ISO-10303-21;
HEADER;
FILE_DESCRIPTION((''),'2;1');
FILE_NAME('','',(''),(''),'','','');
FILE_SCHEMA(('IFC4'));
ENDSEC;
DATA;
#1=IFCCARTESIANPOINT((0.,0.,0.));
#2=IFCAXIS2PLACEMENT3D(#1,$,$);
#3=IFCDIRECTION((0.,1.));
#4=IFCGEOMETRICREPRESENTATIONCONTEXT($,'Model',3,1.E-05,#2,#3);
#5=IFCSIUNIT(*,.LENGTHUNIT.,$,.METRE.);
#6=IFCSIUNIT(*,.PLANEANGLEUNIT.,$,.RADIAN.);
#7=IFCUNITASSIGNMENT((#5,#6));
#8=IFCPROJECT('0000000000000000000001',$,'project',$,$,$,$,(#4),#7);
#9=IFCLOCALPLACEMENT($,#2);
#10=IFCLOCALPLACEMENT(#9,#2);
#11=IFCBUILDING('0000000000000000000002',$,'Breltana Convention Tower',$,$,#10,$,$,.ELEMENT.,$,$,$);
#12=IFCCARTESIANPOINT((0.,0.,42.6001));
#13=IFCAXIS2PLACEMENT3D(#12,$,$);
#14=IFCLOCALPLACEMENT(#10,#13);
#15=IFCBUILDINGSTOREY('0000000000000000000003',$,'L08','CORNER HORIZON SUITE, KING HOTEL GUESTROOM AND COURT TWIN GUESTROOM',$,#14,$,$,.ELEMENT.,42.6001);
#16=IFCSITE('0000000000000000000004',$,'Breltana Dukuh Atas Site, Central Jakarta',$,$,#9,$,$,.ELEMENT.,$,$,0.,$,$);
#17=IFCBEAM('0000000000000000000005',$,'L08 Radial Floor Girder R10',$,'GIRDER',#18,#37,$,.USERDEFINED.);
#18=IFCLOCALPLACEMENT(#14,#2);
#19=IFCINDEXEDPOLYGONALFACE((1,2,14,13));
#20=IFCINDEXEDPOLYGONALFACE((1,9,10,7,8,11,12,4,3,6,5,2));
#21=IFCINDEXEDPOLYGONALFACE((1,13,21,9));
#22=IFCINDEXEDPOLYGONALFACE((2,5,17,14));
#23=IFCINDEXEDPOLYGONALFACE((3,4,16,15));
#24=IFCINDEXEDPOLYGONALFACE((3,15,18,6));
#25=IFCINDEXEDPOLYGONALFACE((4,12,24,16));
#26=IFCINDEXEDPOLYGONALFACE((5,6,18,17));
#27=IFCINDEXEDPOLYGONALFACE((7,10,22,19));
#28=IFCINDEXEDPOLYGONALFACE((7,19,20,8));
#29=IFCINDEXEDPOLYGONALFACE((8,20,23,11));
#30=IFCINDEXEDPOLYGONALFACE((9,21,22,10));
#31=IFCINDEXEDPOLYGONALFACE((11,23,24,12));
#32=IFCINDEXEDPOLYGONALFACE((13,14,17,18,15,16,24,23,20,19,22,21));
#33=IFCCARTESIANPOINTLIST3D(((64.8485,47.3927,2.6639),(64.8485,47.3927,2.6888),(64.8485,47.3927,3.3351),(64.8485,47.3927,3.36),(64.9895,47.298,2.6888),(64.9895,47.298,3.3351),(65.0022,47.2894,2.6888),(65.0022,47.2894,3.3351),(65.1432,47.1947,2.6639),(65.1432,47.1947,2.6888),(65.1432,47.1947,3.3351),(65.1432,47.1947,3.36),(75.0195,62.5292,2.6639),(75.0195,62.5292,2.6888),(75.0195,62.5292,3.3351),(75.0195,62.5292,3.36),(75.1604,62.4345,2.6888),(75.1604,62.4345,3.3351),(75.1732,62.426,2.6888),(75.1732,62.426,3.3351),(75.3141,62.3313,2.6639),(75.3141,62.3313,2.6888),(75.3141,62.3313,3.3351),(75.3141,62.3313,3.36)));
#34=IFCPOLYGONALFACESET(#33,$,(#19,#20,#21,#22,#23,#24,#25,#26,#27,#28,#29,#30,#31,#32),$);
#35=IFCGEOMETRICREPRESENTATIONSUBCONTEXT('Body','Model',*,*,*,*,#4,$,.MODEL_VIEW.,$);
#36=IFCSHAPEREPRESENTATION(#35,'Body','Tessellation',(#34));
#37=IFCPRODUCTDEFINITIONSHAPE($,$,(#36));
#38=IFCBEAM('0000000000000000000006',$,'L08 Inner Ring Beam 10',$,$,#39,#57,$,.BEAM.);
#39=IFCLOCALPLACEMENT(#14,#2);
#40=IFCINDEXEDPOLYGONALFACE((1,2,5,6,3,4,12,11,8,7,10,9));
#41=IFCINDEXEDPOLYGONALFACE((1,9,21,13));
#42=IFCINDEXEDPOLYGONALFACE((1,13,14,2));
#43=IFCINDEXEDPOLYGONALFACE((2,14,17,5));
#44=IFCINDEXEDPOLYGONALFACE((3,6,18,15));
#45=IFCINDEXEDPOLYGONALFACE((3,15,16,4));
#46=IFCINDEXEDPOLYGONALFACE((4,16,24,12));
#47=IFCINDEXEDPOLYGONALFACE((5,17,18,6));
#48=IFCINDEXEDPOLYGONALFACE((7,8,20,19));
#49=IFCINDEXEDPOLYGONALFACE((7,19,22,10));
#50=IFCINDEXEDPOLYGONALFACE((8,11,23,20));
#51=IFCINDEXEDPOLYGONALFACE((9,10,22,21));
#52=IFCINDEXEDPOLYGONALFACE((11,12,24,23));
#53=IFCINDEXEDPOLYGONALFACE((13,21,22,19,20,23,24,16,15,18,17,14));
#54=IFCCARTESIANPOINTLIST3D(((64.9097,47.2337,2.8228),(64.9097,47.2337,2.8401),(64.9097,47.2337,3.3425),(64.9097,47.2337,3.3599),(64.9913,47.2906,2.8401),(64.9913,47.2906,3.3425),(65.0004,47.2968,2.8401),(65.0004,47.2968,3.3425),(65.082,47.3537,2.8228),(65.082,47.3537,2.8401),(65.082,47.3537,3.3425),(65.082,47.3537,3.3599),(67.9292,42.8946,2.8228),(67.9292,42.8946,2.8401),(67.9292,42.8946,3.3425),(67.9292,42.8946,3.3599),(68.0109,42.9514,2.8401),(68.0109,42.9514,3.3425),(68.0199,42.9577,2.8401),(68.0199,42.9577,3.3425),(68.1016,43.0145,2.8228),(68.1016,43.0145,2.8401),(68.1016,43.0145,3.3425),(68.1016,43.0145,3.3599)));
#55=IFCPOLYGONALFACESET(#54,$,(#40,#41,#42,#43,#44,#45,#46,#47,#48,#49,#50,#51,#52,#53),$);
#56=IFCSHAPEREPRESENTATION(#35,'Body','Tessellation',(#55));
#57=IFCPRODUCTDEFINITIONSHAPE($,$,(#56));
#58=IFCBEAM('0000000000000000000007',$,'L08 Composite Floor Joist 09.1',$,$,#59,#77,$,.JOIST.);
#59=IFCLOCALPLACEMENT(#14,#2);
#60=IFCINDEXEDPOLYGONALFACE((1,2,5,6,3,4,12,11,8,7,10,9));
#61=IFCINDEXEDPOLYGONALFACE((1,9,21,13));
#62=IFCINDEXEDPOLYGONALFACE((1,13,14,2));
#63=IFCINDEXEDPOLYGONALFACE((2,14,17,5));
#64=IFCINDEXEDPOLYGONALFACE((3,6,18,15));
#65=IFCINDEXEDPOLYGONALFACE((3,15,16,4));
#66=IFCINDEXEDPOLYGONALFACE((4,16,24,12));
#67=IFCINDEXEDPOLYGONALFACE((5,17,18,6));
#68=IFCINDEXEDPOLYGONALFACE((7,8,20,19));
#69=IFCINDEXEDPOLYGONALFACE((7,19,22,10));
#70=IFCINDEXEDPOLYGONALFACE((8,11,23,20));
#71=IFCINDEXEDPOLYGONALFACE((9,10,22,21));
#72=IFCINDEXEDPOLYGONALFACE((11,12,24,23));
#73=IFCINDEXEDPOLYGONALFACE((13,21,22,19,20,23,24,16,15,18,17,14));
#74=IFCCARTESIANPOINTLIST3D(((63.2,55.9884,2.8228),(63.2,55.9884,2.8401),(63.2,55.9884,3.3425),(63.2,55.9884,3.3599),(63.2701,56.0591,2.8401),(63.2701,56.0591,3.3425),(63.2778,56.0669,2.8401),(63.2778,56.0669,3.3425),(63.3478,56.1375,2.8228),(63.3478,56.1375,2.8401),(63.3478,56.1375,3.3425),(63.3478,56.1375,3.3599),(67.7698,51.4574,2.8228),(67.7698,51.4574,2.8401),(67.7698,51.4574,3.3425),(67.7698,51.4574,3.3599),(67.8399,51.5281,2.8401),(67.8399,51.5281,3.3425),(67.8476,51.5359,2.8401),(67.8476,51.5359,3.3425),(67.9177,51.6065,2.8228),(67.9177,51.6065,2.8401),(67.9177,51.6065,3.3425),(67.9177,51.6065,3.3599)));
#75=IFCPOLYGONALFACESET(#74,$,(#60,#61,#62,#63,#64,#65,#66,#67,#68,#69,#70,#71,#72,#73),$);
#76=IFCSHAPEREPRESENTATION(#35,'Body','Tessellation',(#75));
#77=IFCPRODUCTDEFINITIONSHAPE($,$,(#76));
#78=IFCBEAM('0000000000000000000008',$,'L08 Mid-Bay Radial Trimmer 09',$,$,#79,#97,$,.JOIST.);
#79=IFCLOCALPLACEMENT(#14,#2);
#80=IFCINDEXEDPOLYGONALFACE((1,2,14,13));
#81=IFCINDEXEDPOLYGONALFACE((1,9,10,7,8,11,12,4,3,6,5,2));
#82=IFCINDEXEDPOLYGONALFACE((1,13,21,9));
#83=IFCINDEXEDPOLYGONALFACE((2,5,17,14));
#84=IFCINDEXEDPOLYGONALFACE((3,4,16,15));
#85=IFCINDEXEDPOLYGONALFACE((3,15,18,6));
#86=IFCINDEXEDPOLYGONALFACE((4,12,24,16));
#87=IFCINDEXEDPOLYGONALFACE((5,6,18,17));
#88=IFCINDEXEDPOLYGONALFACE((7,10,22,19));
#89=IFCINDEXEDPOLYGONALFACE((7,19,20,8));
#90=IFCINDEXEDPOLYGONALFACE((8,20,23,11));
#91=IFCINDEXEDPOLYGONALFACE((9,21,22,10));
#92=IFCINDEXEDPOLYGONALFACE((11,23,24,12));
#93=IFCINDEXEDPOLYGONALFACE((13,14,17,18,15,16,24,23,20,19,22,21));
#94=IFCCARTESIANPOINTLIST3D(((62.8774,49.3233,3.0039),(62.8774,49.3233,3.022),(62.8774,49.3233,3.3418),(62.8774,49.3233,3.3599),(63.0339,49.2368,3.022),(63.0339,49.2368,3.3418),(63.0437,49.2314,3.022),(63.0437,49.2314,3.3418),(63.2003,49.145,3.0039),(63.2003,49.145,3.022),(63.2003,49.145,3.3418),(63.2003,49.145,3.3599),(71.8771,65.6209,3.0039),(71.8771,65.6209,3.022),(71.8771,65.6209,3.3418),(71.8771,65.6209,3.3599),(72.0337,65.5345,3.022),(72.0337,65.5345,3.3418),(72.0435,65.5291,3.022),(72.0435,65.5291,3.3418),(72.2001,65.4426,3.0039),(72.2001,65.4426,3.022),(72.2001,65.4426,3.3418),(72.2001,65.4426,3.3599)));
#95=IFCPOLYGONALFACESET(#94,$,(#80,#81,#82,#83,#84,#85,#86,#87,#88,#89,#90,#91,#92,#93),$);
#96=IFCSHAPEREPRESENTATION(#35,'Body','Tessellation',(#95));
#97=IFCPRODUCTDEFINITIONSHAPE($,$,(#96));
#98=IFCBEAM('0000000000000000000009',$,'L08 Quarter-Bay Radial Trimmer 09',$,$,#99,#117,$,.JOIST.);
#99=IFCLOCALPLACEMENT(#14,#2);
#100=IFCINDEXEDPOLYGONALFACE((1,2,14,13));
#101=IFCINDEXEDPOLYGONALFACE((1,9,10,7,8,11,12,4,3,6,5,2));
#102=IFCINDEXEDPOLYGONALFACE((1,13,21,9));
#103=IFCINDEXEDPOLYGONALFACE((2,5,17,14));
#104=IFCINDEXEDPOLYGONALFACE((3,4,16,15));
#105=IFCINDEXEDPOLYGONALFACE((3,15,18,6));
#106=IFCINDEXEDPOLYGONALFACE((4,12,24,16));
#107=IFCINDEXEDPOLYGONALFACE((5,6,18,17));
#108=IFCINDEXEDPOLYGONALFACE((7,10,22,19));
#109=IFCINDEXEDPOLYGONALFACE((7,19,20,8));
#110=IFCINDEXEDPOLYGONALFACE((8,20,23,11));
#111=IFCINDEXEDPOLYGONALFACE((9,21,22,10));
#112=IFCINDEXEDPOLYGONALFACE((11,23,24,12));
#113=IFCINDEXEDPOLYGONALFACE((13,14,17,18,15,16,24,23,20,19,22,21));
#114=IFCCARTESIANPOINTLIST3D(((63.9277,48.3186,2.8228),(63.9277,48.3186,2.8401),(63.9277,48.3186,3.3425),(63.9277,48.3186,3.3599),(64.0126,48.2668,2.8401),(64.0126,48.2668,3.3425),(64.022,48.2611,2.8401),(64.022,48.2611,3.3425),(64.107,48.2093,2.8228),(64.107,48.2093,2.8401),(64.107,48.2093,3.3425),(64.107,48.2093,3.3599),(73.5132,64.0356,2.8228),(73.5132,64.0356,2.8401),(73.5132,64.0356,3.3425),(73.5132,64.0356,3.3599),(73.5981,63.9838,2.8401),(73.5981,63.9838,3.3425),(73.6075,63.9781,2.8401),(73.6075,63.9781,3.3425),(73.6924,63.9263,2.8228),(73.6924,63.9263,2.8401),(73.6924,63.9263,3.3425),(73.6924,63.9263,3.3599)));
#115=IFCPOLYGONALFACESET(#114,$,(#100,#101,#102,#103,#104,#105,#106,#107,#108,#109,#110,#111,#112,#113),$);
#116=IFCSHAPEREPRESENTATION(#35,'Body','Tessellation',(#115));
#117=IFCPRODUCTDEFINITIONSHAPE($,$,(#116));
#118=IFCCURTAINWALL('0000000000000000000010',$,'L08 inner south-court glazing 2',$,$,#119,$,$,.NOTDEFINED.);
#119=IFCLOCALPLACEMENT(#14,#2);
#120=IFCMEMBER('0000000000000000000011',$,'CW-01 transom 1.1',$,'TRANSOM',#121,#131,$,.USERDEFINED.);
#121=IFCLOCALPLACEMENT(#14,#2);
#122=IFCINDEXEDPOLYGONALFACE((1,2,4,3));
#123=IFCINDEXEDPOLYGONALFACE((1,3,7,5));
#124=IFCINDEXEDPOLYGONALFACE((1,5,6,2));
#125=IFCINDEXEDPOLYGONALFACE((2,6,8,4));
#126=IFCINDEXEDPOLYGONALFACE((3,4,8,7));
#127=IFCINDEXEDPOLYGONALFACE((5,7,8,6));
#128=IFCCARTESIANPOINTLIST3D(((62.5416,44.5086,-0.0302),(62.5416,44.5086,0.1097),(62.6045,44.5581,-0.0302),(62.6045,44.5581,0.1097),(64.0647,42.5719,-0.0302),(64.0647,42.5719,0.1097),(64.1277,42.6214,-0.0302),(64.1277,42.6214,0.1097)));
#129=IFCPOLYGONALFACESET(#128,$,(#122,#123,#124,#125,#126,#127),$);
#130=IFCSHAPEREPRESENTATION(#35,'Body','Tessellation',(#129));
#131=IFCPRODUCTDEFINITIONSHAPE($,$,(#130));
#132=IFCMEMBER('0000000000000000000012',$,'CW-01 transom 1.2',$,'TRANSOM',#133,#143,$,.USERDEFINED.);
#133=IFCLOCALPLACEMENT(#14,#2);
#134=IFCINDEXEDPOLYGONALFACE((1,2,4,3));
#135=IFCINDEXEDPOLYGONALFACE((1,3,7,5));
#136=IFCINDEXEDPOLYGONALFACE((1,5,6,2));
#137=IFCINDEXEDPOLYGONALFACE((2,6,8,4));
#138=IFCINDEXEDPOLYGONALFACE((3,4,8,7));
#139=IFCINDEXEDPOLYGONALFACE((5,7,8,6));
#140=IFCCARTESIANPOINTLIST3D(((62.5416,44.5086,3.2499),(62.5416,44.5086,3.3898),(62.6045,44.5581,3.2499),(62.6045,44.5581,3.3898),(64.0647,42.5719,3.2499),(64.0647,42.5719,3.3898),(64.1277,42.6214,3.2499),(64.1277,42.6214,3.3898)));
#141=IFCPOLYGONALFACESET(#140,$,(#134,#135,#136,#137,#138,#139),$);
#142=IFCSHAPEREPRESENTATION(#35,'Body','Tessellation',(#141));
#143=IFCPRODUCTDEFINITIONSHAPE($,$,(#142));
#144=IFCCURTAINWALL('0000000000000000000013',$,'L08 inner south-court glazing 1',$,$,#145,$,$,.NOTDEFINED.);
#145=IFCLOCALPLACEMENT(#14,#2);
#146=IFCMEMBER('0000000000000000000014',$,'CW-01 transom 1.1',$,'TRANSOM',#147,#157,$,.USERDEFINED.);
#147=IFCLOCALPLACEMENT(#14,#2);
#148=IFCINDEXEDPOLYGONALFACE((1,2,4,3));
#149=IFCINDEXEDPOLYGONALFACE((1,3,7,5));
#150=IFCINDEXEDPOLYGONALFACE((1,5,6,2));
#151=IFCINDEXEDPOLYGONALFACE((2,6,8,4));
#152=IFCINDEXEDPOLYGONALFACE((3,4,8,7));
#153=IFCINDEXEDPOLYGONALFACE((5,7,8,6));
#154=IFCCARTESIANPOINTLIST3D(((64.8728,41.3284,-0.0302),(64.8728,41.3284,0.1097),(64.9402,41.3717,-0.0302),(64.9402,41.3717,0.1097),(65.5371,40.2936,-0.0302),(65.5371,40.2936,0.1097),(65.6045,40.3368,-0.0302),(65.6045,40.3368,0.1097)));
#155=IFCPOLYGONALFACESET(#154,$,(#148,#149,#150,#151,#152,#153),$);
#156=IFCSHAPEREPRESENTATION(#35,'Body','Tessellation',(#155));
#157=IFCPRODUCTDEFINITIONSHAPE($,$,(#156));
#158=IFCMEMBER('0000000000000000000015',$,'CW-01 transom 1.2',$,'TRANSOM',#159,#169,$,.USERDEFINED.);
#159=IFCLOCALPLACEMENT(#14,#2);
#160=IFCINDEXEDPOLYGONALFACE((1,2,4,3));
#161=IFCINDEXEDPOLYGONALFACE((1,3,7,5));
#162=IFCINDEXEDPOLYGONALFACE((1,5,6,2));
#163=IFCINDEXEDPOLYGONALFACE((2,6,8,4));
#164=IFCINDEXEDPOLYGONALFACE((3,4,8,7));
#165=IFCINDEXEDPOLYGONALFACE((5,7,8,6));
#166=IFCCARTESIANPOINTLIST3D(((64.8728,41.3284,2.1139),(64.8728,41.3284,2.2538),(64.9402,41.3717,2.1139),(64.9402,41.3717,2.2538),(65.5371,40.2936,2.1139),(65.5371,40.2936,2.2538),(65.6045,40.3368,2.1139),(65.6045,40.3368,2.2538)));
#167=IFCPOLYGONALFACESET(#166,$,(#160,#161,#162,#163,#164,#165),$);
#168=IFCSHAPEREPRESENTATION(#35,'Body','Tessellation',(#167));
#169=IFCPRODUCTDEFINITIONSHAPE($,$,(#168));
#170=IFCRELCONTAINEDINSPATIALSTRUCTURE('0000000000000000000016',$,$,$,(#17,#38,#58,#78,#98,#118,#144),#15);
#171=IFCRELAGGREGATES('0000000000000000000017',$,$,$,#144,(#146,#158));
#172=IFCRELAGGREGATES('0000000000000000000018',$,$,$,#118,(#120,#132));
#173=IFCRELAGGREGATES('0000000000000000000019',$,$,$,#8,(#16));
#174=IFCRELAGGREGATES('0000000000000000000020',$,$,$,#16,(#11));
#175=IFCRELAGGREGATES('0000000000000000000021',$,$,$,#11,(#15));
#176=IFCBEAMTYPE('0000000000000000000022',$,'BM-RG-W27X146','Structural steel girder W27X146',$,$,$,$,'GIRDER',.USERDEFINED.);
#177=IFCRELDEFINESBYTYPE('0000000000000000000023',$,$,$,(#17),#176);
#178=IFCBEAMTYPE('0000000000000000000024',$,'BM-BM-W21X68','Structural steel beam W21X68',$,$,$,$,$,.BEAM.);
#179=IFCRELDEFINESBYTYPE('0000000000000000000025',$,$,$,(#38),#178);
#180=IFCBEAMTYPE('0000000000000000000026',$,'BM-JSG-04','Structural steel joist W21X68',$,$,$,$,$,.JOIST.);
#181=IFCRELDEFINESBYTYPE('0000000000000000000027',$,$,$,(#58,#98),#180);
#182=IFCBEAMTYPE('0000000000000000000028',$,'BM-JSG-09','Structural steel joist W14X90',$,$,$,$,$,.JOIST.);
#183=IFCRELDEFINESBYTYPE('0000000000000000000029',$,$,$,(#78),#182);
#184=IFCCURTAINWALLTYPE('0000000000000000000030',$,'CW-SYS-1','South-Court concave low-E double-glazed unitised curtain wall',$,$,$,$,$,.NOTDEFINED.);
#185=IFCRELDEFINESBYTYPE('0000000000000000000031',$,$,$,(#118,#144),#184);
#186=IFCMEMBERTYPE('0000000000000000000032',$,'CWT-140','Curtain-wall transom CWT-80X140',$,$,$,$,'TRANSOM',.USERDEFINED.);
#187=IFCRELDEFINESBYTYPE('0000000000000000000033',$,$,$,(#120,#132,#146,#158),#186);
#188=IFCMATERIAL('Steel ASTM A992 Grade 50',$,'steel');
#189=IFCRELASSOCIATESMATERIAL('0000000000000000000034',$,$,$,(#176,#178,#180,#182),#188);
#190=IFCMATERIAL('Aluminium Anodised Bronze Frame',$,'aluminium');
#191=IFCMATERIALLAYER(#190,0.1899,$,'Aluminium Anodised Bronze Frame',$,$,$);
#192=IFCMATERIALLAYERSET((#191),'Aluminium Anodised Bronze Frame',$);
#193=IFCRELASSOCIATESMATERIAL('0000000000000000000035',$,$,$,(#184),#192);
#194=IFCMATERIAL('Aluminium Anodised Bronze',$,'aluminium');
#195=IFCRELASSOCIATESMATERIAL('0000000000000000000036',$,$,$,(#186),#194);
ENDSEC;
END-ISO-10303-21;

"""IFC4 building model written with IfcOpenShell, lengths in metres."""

from ifc_helpers import new_model, si_unit, direction, frame, origin, origin_2d, place, context, subcontext, project, spatial, rectangle, i_section, extrude, source, transform, mapped, material, layer, layer_set, material_profile, profile_set, type_object, element, aggregate, save


model = new_model("IFC4")

# Units and contexts
model_context = context("Model", 3, precision=1e-05, world=origin(), true_north=direction((0.0, 1.0)))
body_context = subcontext(model_context, "Body", "Model", "MODEL_VIEW")
ifc_project = project(units=[si_unit("LENGTHUNIT", "METRE"), si_unit("PLANEANGLEUNIT", "RADIAN")], contexts=[model_context])

# Site, building, storey
site_placement = place(None, origin())
site = spatial("IfcSite", under=ifc_project, at=site_placement, Name="Breltana Dukuh Atas Site, Central Jakarta", CompositionType="ELEMENT", RefElevation=0.0)
building_placement = place(site_placement, origin())
building = spatial("IfcBuilding", under=site, at=building_placement, Name="Breltana Convention Tower", CompositionType="ELEMENT")
storey_placement = place(building_placement, frame((0.0, 0.0, 42.6001)))
storey = spatial("IfcBuildingStorey", under=building, at=storey_placement, Name="L08", Description="CORNER HORIZON SUITE, KING HOTEL GUESTROOM AND COURT TWIN GUESTROOM", CompositionType="ELEMENT", Elevation=42.6001)

# Beams
ifc_material_1 = material(Name="Steel ASTM A992 Grade 50", Category="steel")
ifc_material_profile_1 = material_profile(ifc_material_1, i_section(OverallWidth=0.355, OverallDepth=0.696, WebThickness=0.0154, FlangeThickness=0.0249, at=origin_2d()), Name="W27X146")
ifc_profile_set_1 = profile_set([ifc_material_profile_1], Name="Steel ASTM A992 Grade 50")
beam_type_1 = type_object("IfcBeamType", Name="BM-RG-W27X146", Description="Structural steel girder W27X146", ElementType="GIRDER", PredefinedType="USERDEFINED", material=ifc_profile_set_1)
shared_shape_1 = source(origin(), body_context, "Body", "SweptSolid", [
    extrude(i_section(OverallWidth=0.355, OverallDepth=0.696, WebThickness=0.0154, FlangeThickness=0.0249, at=origin_2d()), origin(), (0.0, 0.0, 1.0), 18.2363),
])
beam_1_placement = place(storey_placement, frame((64.9958, 47.2937, 3.012), z_axis=(0.55773, 0.830022, 0.0), x_axis=(-0.830022, 0.55773, 0.0)))
element("IfcBeam", 1, at=beam_1_placement, inside=storey, type_object=beam_type_1, Name="L08 Radial Floor Girder R10", ObjectType="GIRDER", PredefinedType="USERDEFINED", context=body_context, shape_type="MappedRepresentation", body=[
    mapped(shared_shape_1, transform((0.0, 0.0, 0.0), scale=1.0)),
])
ifc_material_profile_2 = material_profile(ifc_material_1, i_section(OverallWidth=0.21, OverallDepth=0.5371, WebThickness=0.011, FlangeThickness=0.0173, at=origin_2d()), Name="W21X68")
ifc_profile_set_2 = profile_set([ifc_material_profile_2], Name="Steel ASTM A992 Grade 50")
beam_type_2 = type_object("IfcBeamType", Name="BM-BM-W21X68", Description="Structural steel beam W21X68", PredefinedType="BEAM", material=ifc_profile_set_2)
shared_shape_2 = source(origin(), body_context, "Body", "SweptSolid", [
    extrude(i_section(OverallWidth=0.21, OverallDepth=0.5371, WebThickness=0.011, FlangeThickness=0.0173, at=origin_2d()), origin(), (0.0, 0.0, 1.0), 5.2864),
])
beam_2_placement = place(storey_placement, frame((64.9958, 47.2937, 3.0913), z_axis=(0.571194, -0.820815, 0.0), x_axis=(0.820815, 0.571194, 0.0)))
element("IfcBeam", 2, at=beam_2_placement, inside=storey, type_object=beam_type_2, Name="L08 Inner Ring Beam 10", PredefinedType="BEAM", context=body_context, shape_type="MappedRepresentation", body=[
    mapped(shared_shape_2, transform((0.0, 0.0, 0.0), scale=1.0)),
])
ifc_material_profile_3 = material_profile(ifc_material_1, i_section(OverallWidth=0.21, OverallDepth=0.5371, WebThickness=0.011, FlangeThickness=0.0173, at=origin_2d()), Name="W21X68")
ifc_profile_set_3 = profile_set([ifc_material_profile_3], Name="Steel ASTM A992 Grade 50")
beam_type_3 = type_object("IfcBeamType", Name="BM-JSG-04", Description="Structural steel joist W21X68", PredefinedType="JOIST", material=ifc_profile_set_3)
shared_shape_3 = source(origin(), body_context, "Body", "SweptSolid", [
    extrude(i_section(OverallWidth=0.21, OverallDepth=0.5371, WebThickness=0.011, FlangeThickness=0.0173, at=origin_2d()), origin(), (0.0, 0.0, 1.0), 6.4353),
])
beam_3_placement = place(storey_placement, frame((63.2739, 56.063, 3.0913), z_axis=(0.710116, -0.704084, 0.0), x_axis=(0.704084, 0.710116, 0.0)))
element("IfcBeam", 3, at=beam_3_placement, inside=storey, type_object=beam_type_3, Name="L08 Composite Floor Joist 09.1", PredefinedType="JOIST", context=body_context, shape_type="MappedRepresentation", body=[
    mapped(shared_shape_3, transform((0.0, 0.0, 0.0), scale=1.0)),
])
ifc_material_profile_4 = material_profile(ifc_material_1, i_section(OverallWidth=0.3689, OverallDepth=0.356, WebThickness=0.0112, FlangeThickness=0.0181, at=origin_2d()), Name="W14X90")
ifc_profile_set_4 = profile_set([ifc_material_profile_4], Name="Steel ASTM A992 Grade 50")
beam_type_4 = type_object("IfcBeamType", Name="BM-JSG-09", Description="Structural steel joist W14X90", PredefinedType="JOIST", material=ifc_profile_set_4)
shared_shape_4 = source(origin(), body_context, "Body", "SweptSolid", [
    extrude(i_section(OverallWidth=0.3689, OverallDepth=0.356, WebThickness=0.0112, FlangeThickness=0.0181, at=origin_2d()), origin(), (0.0, 0.0, 1.0), 18.6174),
])
beam_4_placement = place(storey_placement, frame((63.0388, 49.2341, 3.1819), z_axis=(0.483406, 0.875396, 0.0), x_axis=(-0.875396, 0.483406, 0.0)))
element("IfcBeam", 4, at=beam_4_placement, inside=storey, type_object=beam_type_4, Name="L08 Mid-Bay Radial Trimmer 09", PredefinedType="JOIST", context=body_context, shape_type="MappedRepresentation", body=[
    mapped(shared_shape_4, transform((0.0, 0.0, 0.0), scale=1.0)),
])
shared_shape_5 = source(origin(), body_context, "Body", "SweptSolid", [
    extrude(i_section(OverallWidth=0.21, OverallDepth=0.5371, WebThickness=0.011, FlangeThickness=0.0173, at=origin_2d()), origin(), (0.0, 0.0, 1.0), 18.4094),
])
beam_5_placement = place(storey_placement, frame((64.0173, 48.2639, 3.0913), z_axis=(0.520682, 0.853751, 0.0), x_axis=(-0.853751, 0.520682, 0.0)))
element("IfcBeam", 5, at=beam_5_placement, inside=storey, type_object=beam_type_3, Name="L08 Quarter-Bay Radial Trimmer 09", PredefinedType="JOIST", context=body_context, shape_type="MappedRepresentation", body=[
    mapped(shared_shape_5, transform((0.0, 0.0, 0.0), scale=1.0)),
])

# Curtain walls, members
ifc_material_2 = material(Name="Aluminium Anodised Bronze Frame", Category="aluminium")
ifc_layer_1 = layer(ifc_material_2, 0.1899, Name="Aluminium Anodised Bronze Frame")
ifc_layer_set_1 = layer_set([ifc_layer_1], Name="Aluminium Anodised Bronze Frame")
curtain_wall_type = type_object("IfcCurtainWallType", Name="CW-SYS-1", Description="South-Court concave low-E double-glazed unitised curtain wall", PredefinedType="NOTDEFINED", material=ifc_layer_set_1)
curtain_wall_1_placement = place(storey_placement, origin())
curtain_wall_1 = element("IfcCurtainWall", 6, at=curtain_wall_1_placement, inside=storey, type_object=curtain_wall_type, Name="L08 inner south-court glazing 2", PredefinedType="NOTDEFINED")
ifc_material_3 = material(Name="Aluminium Anodised Bronze", Category="aluminium")
ifc_material_profile_5 = material_profile(ifc_material_3, rectangle(XDim=0.0801, YDim=0.1399, at=origin_2d()), Name="CWT-80X140")
ifc_profile_set_5 = profile_set([ifc_material_profile_5], Name="Aluminium Anodised Bronze")
member_type_1 = type_object("IfcMemberType", Name="CWT-140", Description="Curtain-wall transom CWT-80X140", ElementType="TRANSOM", PredefinedType="USERDEFINED", material=ifc_profile_set_5)
shared_shape_6 = source(origin(), body_context, "Body", "SweptSolid", [
    extrude(rectangle(XDim=0.0801, YDim=0.1399, at=origin_2d()), origin(), (0.0, 0.0, 1.0), 2.4639),
])
member_1_placement = place(storey_placement, frame((64.0962, 42.5967, 0.0398), z_axis=(-0.618185, 0.786033, 0.0), x_axis=(-0.786033, -0.618185, 0.0)))
member_1 = element("IfcMember", 7, at=member_1_placement, type_object=member_type_1, Name="CW-01 transom 1.1", ObjectType="TRANSOM", PredefinedType="USERDEFINED", context=body_context, shape_type="MappedRepresentation", body=[
    mapped(shared_shape_6, transform((0.0, 0.0, 0.0), scale=1.0)),
])
member_2_placement = place(storey_placement, frame((64.0962, 42.5967, 3.3198), z_axis=(-0.618185, 0.786033, 0.0), x_axis=(-0.786033, -0.618185, 0.0)))
member_2 = element("IfcMember", 8, at=member_2_placement, type_object=member_type_1, Name="CW-01 transom 1.2", ObjectType="TRANSOM", PredefinedType="USERDEFINED", context=body_context, shape_type="MappedRepresentation", body=[
    mapped(shared_shape_6, transform((0.0, 0.0, 0.0), scale=1.0)),
])
curtain_wall_2_placement = place(storey_placement, origin())
curtain_wall_2 = element("IfcCurtainWall", 9, at=curtain_wall_2_placement, inside=storey, type_object=curtain_wall_type, Name="L08 inner south-court glazing 1", PredefinedType="NOTDEFINED")
shared_shape_7 = source(origin(), body_context, "Body", "SweptSolid", [
    extrude(rectangle(XDim=0.0801, YDim=0.1399, at=origin_2d()), origin(), (0.0, 0.0, 1.0), 1.2297),
])
member_3_placement = place(storey_placement, frame((65.5708, 40.3152, 0.0398), z_axis=(-0.540186, 0.841546, 0.0), x_axis=(-0.841546, -0.540186, 0.0)))
member_3 = element("IfcMember", 10, at=member_3_placement, type_object=member_type_1, Name="CW-01 transom 1.1", ObjectType="TRANSOM", PredefinedType="USERDEFINED", context=body_context, shape_type="MappedRepresentation", body=[
    mapped(shared_shape_7, transform((0.0, 0.0, 0.0), scale=1.0)),
])
member_4_placement = place(storey_placement, frame((65.5708, 40.3152, 2.1838), z_axis=(-0.540186, 0.841546, 0.0), x_axis=(-0.841546, -0.540186, 0.0)))
member_4 = element("IfcMember", 11, at=member_4_placement, type_object=member_type_1, Name="CW-01 transom 1.2", ObjectType="TRANSOM", PredefinedType="USERDEFINED", context=body_context, shape_type="MappedRepresentation", body=[
    mapped(shared_shape_7, transform((0.0, 0.0, 0.0), scale=1.0)),
])

aggregate(curtain_wall_2, [member_3, member_4])
aggregate(curtain_wall_1, [member_1, member_2])

save(model, "model.ifc")
